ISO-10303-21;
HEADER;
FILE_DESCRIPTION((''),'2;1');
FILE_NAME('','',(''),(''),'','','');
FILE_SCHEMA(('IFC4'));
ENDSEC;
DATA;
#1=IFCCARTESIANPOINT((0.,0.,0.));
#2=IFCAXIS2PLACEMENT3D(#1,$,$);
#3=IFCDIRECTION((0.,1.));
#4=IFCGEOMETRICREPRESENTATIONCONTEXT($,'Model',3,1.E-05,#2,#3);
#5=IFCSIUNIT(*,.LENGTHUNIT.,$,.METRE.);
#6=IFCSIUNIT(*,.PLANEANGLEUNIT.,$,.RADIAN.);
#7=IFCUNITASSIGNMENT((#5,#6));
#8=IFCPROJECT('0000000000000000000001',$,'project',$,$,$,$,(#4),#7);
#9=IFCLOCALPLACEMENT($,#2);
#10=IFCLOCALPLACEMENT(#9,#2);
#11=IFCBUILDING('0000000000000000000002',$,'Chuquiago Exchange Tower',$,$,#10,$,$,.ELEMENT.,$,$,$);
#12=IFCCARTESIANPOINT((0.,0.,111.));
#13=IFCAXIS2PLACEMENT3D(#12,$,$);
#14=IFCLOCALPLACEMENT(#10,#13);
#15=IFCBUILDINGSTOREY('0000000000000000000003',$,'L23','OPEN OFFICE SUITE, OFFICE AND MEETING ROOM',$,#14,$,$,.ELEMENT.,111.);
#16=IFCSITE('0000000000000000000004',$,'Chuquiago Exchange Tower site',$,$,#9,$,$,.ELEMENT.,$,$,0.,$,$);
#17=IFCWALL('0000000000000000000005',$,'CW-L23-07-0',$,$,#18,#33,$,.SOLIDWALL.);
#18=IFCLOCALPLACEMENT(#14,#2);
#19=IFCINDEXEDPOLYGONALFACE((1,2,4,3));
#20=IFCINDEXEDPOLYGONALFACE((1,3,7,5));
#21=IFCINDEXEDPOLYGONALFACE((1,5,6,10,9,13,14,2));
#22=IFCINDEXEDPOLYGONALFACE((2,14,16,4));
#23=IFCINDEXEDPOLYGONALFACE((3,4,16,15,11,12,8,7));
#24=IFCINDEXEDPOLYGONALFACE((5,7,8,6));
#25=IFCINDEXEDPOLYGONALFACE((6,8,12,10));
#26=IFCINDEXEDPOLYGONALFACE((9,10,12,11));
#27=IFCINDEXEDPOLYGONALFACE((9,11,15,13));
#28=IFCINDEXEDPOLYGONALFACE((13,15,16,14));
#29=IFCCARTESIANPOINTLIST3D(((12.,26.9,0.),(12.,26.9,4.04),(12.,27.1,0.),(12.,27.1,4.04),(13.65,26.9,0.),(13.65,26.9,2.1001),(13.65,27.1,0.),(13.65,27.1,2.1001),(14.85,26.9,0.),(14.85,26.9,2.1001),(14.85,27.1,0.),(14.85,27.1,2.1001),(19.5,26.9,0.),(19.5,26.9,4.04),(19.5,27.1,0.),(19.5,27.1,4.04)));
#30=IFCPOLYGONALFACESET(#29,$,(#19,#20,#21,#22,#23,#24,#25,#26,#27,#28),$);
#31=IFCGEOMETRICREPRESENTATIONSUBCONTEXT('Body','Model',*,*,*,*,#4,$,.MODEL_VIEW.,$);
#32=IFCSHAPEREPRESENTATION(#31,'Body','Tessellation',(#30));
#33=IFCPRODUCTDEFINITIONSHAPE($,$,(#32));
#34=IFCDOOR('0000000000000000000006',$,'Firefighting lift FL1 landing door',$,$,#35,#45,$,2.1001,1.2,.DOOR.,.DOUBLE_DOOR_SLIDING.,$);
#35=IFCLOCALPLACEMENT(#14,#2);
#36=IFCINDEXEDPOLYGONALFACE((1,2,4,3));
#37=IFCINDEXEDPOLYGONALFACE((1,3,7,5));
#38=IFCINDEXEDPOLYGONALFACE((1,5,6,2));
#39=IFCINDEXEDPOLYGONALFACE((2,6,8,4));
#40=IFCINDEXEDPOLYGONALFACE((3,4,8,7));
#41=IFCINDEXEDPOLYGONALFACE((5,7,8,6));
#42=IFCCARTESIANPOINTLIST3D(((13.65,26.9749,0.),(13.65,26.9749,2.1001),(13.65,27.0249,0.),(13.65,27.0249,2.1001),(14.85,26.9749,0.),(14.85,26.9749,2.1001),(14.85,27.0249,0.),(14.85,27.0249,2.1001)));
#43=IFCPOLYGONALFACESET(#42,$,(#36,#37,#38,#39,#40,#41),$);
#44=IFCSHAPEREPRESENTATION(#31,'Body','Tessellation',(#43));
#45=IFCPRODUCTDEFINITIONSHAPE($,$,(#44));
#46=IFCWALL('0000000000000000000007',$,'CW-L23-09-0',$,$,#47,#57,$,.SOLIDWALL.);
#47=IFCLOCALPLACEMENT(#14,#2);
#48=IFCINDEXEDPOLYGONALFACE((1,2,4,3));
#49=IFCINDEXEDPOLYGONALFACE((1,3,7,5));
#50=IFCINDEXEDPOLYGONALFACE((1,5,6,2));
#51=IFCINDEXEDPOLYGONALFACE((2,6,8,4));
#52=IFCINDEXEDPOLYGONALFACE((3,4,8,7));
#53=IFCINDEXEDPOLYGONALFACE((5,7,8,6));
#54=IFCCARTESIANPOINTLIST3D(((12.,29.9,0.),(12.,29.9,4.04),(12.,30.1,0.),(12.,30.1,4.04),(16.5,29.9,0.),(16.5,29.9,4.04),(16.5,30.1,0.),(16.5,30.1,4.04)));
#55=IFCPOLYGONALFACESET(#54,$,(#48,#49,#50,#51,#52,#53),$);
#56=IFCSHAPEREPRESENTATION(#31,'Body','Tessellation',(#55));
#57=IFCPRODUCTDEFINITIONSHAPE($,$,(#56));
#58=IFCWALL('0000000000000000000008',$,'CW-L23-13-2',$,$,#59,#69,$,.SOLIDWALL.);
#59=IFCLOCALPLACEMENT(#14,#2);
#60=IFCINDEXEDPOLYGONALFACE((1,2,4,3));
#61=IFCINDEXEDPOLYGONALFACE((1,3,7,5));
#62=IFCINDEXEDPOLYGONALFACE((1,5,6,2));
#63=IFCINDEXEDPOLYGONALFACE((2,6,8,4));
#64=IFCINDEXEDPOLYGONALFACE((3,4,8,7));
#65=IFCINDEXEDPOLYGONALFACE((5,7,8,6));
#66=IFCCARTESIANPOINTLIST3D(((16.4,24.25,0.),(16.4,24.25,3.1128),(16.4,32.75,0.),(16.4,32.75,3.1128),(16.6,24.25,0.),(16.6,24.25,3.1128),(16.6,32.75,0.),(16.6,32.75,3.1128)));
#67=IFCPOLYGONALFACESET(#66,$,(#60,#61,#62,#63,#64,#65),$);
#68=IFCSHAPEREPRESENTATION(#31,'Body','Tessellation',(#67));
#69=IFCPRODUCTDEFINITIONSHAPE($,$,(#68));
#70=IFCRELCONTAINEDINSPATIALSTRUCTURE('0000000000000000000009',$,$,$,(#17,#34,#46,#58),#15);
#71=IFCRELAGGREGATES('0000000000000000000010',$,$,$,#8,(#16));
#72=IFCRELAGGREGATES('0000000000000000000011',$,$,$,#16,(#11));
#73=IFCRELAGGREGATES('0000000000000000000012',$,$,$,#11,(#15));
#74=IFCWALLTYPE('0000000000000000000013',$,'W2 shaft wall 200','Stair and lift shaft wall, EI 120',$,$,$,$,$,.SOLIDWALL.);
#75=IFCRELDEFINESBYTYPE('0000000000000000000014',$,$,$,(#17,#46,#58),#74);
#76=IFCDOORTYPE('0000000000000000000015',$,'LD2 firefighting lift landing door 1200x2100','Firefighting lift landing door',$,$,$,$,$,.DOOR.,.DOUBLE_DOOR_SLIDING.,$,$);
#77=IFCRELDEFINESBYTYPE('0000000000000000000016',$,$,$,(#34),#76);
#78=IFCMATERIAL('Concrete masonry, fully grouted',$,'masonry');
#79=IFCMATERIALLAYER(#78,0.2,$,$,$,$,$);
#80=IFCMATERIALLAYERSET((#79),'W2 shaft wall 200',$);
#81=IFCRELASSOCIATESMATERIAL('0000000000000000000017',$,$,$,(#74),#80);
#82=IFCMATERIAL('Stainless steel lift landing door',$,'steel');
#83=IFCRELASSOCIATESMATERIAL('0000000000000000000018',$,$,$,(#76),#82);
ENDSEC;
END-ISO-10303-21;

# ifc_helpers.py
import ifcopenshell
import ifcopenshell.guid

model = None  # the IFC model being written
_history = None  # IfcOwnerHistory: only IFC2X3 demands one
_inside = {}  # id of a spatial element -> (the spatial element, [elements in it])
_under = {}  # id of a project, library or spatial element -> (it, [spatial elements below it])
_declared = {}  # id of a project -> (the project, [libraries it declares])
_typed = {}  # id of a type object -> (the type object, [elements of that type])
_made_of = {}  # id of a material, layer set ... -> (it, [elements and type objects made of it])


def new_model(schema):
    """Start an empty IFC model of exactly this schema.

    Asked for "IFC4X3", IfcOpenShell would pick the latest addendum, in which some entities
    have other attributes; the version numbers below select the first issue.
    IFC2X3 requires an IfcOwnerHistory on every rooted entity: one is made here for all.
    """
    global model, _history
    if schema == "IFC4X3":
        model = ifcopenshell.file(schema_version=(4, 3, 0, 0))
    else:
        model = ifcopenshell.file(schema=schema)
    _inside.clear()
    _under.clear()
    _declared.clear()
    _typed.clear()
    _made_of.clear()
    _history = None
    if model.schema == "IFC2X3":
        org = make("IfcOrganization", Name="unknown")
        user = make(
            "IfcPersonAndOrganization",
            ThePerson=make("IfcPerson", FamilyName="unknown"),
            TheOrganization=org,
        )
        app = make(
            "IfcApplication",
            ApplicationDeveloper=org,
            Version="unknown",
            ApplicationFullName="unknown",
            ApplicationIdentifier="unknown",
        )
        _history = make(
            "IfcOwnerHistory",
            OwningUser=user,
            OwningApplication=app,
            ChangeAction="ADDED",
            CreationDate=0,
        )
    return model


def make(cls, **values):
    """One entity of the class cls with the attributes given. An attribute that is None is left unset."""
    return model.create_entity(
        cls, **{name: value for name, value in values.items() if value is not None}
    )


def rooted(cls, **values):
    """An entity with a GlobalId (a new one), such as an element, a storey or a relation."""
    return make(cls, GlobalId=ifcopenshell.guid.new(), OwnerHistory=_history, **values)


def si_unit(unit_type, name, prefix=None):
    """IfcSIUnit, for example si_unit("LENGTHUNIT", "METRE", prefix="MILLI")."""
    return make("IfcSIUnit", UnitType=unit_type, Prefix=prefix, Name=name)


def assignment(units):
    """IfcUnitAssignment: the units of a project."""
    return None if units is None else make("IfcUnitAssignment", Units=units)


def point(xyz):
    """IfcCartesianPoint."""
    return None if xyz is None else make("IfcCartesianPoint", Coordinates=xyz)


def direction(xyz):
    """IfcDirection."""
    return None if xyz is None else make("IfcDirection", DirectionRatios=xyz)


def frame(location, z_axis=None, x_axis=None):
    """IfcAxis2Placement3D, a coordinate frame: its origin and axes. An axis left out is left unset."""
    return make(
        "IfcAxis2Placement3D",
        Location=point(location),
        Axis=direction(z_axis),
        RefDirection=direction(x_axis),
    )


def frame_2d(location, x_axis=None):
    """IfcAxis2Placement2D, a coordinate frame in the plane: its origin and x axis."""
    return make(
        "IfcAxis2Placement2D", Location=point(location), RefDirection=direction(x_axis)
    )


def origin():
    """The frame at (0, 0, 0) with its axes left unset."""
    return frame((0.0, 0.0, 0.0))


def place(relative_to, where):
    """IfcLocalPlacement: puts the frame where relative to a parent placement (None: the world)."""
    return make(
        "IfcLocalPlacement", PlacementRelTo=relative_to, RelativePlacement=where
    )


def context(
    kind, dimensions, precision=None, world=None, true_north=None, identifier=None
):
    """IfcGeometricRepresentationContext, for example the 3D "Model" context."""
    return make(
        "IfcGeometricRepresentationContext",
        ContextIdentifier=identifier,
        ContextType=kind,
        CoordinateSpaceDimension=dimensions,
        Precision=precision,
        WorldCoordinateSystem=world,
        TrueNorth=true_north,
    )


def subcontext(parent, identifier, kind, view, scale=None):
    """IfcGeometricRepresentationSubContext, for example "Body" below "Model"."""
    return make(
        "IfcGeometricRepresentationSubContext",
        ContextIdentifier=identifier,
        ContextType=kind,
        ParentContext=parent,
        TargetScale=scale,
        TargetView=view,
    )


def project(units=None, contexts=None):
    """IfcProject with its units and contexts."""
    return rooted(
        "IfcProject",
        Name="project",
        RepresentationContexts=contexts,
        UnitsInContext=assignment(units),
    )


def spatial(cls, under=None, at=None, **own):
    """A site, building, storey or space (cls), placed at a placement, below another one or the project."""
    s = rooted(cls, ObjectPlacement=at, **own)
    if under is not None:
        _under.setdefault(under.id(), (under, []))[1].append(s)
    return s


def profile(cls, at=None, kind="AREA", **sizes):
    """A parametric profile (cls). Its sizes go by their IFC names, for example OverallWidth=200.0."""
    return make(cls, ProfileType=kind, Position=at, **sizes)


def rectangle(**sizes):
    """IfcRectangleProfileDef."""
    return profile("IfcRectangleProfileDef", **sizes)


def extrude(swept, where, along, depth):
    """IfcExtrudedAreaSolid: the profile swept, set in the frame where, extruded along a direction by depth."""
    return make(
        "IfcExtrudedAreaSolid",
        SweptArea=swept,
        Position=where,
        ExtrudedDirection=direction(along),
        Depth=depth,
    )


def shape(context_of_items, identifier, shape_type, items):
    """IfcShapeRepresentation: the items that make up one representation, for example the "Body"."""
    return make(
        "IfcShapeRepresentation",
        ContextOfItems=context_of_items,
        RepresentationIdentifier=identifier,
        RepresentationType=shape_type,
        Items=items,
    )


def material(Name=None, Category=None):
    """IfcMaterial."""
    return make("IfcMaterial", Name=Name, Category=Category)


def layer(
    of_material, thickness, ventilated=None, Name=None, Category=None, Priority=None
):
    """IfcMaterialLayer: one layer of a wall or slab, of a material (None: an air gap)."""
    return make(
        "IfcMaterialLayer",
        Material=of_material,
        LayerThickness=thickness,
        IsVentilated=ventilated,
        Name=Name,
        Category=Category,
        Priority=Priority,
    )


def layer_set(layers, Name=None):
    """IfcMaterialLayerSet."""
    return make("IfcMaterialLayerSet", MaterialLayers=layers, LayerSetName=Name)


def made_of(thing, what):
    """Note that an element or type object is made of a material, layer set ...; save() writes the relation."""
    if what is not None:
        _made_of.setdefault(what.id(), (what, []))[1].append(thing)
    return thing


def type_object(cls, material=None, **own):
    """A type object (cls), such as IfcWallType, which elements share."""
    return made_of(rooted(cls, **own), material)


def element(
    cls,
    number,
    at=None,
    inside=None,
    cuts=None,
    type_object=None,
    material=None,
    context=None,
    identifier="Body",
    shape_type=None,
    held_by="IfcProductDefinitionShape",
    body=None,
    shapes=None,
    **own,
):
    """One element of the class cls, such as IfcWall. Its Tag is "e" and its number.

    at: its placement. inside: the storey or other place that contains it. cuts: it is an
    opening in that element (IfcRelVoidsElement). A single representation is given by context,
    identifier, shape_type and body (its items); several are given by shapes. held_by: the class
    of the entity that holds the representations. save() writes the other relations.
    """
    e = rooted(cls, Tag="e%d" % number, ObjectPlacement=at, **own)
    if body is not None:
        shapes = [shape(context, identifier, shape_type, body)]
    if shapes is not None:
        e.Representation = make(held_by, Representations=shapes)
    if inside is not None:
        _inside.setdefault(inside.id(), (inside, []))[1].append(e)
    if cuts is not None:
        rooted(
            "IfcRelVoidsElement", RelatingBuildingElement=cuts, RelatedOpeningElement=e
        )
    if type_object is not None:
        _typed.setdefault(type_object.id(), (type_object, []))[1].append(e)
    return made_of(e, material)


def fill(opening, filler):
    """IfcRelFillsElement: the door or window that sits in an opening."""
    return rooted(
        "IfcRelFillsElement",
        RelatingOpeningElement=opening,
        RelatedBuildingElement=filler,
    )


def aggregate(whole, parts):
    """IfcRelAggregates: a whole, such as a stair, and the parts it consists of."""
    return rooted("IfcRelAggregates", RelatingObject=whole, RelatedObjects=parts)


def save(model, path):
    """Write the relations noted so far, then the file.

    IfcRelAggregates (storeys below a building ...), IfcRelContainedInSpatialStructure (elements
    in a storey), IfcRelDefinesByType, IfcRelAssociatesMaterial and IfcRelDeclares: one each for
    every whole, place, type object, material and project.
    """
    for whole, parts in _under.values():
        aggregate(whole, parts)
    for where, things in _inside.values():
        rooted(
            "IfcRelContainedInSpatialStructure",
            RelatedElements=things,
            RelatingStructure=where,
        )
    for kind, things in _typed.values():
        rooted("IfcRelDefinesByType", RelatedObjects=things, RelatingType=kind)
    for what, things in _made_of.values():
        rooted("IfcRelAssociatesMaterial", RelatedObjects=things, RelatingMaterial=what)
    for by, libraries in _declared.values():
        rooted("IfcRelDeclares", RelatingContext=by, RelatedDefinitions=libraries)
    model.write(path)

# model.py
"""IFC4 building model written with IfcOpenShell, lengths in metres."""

from ifc_helpers import new_model, si_unit, direction, frame, frame_2d, origin, place, context, subcontext, project, spatial, rectangle, extrude, material, layer, layer_set, type_object, element, fill, save


model = new_model("IFC4")

# Units and contexts
model_context = context("Model", 3, precision=1e-05, world=origin(), true_north=direction((0.0, 1.0)))
body_context = subcontext(model_context, "Body", "Model", "MODEL_VIEW")
ifc_project = project(units=[si_unit("LENGTHUNIT", "METRE"), si_unit("PLANEANGLEUNIT", "RADIAN")], contexts=[model_context])

# Site, building, storey
site_placement = place(None, origin())
site = spatial("IfcSite", under=ifc_project, at=site_placement, Name="Chuquiago Exchange Tower site", CompositionType="ELEMENT", RefElevation=0.0)
building_placement = place(site_placement, origin())
building = spatial("IfcBuilding", under=site, at=building_placement, Name="Chuquiago Exchange Tower", CompositionType="ELEMENT")
storey_placement = place(building_placement, frame((0.0, 0.0, 111.0)))
storey = spatial("IfcBuildingStorey", under=building, at=storey_placement, Name="L23", Description="OPEN OFFICE SUITE, OFFICE AND MEETING ROOM", CompositionType="ELEMENT", Elevation=111.0)

# Shared definitions
ifc_material_1 = material(Name="Concrete masonry, fully grouted", Category="masonry")
ifc_layer_1 = layer(ifc_material_1, 0.2)
ifc_layer_set_1 = layer_set([ifc_layer_1], Name="W2 shaft wall 200")
wall_type_1 = type_object("IfcWallType", Name="W2 shaft wall 200", Description="Stair and lift shaft wall, EI 120", PredefinedType="SOLIDWALL", material=ifc_layer_set_1)

# Wall, opening, door
wall_1_placement = place(storey_placement, frame((12.0, 27.0, 0.0), z_axis=(0.0, 0.0, 1.0), x_axis=(1.0, 0.0, 0.0)))
wall_1 = element("IfcWall", 1, at=wall_1_placement, inside=storey, type_object=wall_type_1, Name="CW-L23-07-0", PredefinedType="SOLIDWALL", context=body_context, shape_type="SweptSolid", body=[
    extrude(rectangle(XDim=7.5, YDim=0.2, at=frame_2d((3.75, 0.0))), origin(), (0.0, 0.0, 1.0), 4.04),
])
opening_1_placement = place(wall_1_placement, frame((1.6499, 0.0, 0.0)))
opening_1 = element("IfcOpeningElement", 2, at=opening_1_placement, cuts=wall_1, PredefinedType="OPENING", context=body_context, shape_type="SweptSolid", body=[
    extrude(rectangle(XDim=1.2, YDim=2.1001, at=frame_2d((0.6001, 1.05))), frame((0.0, 0.1099, 0.0), z_axis=(0.0, -1.0, 0.0), x_axis=(1.0, 0.0, 0.0)), (0.0, 0.0, 1.0), 0.22),
])
ifc_material_2 = material(Name="Stainless steel lift landing door", Category="steel")
door_type_1 = type_object("IfcDoorType", Name="LD2 firefighting lift landing door 1200x2100", Description="Firefighting lift landing door", OperationType="DOUBLE_DOOR_SLIDING", PredefinedType="DOOR", material=ifc_material_2)
door_1_placement = place(opening_1_placement, origin())
door_1 = element("IfcDoor", 3, at=door_1_placement, inside=storey, type_object=door_type_1, Name="Firefighting lift FL1 landing door", OperationType="DOUBLE_DOOR_SLIDING", OverallHeight=2.1001, OverallWidth=1.2, PredefinedType="DOOR", context=body_context, shape_type="SweptSolid", body=[
    extrude(rectangle(XDim=1.2, YDim=2.1001, at=frame_2d((0.6001, 1.05))), frame((0.0, 0.0249, 0.0), z_axis=(0.0, -1.0, 0.0), x_axis=(1.0, 0.0, 0.0)), (0.0, 0.0, 1.0), 0.05),
])
fill(opening_1, door_1)

# Walls
wall_2_placement = place(storey_placement, frame((12.0, 30.0, 0.0), z_axis=(0.0, 0.0, 1.0), x_axis=(1.0, 0.0, 0.0)))
element("IfcWall", 4, at=wall_2_placement, inside=storey, type_object=wall_type_1, Name="CW-L23-09-0", PredefinedType="SOLIDWALL", context=body_context, shape_type="SweptSolid", body=[
    extrude(rectangle(XDim=4.5, YDim=0.2, at=frame_2d((2.25, 0.0))), origin(), (0.0, 0.0, 1.0), 4.04),
])
wall_3_placement = place(storey_placement, frame((16.5, 24.25, 0.0), z_axis=(0.0, 0.0, 1.0), x_axis=(0.0, 1.0, 0.0)))
element("IfcWall", 5, at=wall_3_placement, inside=storey, type_object=wall_type_1, Name="CW-L23-13-2", PredefinedType="SOLIDWALL", context=body_context, shape_type="SweptSolid", body=[
    extrude(rectangle(XDim=8.5, YDim=0.2, at=frame_2d((4.25, 0.0))), origin(), (0.0, 0.0, 1.0), 3.1128),
])

save(model, "model.ifc")
